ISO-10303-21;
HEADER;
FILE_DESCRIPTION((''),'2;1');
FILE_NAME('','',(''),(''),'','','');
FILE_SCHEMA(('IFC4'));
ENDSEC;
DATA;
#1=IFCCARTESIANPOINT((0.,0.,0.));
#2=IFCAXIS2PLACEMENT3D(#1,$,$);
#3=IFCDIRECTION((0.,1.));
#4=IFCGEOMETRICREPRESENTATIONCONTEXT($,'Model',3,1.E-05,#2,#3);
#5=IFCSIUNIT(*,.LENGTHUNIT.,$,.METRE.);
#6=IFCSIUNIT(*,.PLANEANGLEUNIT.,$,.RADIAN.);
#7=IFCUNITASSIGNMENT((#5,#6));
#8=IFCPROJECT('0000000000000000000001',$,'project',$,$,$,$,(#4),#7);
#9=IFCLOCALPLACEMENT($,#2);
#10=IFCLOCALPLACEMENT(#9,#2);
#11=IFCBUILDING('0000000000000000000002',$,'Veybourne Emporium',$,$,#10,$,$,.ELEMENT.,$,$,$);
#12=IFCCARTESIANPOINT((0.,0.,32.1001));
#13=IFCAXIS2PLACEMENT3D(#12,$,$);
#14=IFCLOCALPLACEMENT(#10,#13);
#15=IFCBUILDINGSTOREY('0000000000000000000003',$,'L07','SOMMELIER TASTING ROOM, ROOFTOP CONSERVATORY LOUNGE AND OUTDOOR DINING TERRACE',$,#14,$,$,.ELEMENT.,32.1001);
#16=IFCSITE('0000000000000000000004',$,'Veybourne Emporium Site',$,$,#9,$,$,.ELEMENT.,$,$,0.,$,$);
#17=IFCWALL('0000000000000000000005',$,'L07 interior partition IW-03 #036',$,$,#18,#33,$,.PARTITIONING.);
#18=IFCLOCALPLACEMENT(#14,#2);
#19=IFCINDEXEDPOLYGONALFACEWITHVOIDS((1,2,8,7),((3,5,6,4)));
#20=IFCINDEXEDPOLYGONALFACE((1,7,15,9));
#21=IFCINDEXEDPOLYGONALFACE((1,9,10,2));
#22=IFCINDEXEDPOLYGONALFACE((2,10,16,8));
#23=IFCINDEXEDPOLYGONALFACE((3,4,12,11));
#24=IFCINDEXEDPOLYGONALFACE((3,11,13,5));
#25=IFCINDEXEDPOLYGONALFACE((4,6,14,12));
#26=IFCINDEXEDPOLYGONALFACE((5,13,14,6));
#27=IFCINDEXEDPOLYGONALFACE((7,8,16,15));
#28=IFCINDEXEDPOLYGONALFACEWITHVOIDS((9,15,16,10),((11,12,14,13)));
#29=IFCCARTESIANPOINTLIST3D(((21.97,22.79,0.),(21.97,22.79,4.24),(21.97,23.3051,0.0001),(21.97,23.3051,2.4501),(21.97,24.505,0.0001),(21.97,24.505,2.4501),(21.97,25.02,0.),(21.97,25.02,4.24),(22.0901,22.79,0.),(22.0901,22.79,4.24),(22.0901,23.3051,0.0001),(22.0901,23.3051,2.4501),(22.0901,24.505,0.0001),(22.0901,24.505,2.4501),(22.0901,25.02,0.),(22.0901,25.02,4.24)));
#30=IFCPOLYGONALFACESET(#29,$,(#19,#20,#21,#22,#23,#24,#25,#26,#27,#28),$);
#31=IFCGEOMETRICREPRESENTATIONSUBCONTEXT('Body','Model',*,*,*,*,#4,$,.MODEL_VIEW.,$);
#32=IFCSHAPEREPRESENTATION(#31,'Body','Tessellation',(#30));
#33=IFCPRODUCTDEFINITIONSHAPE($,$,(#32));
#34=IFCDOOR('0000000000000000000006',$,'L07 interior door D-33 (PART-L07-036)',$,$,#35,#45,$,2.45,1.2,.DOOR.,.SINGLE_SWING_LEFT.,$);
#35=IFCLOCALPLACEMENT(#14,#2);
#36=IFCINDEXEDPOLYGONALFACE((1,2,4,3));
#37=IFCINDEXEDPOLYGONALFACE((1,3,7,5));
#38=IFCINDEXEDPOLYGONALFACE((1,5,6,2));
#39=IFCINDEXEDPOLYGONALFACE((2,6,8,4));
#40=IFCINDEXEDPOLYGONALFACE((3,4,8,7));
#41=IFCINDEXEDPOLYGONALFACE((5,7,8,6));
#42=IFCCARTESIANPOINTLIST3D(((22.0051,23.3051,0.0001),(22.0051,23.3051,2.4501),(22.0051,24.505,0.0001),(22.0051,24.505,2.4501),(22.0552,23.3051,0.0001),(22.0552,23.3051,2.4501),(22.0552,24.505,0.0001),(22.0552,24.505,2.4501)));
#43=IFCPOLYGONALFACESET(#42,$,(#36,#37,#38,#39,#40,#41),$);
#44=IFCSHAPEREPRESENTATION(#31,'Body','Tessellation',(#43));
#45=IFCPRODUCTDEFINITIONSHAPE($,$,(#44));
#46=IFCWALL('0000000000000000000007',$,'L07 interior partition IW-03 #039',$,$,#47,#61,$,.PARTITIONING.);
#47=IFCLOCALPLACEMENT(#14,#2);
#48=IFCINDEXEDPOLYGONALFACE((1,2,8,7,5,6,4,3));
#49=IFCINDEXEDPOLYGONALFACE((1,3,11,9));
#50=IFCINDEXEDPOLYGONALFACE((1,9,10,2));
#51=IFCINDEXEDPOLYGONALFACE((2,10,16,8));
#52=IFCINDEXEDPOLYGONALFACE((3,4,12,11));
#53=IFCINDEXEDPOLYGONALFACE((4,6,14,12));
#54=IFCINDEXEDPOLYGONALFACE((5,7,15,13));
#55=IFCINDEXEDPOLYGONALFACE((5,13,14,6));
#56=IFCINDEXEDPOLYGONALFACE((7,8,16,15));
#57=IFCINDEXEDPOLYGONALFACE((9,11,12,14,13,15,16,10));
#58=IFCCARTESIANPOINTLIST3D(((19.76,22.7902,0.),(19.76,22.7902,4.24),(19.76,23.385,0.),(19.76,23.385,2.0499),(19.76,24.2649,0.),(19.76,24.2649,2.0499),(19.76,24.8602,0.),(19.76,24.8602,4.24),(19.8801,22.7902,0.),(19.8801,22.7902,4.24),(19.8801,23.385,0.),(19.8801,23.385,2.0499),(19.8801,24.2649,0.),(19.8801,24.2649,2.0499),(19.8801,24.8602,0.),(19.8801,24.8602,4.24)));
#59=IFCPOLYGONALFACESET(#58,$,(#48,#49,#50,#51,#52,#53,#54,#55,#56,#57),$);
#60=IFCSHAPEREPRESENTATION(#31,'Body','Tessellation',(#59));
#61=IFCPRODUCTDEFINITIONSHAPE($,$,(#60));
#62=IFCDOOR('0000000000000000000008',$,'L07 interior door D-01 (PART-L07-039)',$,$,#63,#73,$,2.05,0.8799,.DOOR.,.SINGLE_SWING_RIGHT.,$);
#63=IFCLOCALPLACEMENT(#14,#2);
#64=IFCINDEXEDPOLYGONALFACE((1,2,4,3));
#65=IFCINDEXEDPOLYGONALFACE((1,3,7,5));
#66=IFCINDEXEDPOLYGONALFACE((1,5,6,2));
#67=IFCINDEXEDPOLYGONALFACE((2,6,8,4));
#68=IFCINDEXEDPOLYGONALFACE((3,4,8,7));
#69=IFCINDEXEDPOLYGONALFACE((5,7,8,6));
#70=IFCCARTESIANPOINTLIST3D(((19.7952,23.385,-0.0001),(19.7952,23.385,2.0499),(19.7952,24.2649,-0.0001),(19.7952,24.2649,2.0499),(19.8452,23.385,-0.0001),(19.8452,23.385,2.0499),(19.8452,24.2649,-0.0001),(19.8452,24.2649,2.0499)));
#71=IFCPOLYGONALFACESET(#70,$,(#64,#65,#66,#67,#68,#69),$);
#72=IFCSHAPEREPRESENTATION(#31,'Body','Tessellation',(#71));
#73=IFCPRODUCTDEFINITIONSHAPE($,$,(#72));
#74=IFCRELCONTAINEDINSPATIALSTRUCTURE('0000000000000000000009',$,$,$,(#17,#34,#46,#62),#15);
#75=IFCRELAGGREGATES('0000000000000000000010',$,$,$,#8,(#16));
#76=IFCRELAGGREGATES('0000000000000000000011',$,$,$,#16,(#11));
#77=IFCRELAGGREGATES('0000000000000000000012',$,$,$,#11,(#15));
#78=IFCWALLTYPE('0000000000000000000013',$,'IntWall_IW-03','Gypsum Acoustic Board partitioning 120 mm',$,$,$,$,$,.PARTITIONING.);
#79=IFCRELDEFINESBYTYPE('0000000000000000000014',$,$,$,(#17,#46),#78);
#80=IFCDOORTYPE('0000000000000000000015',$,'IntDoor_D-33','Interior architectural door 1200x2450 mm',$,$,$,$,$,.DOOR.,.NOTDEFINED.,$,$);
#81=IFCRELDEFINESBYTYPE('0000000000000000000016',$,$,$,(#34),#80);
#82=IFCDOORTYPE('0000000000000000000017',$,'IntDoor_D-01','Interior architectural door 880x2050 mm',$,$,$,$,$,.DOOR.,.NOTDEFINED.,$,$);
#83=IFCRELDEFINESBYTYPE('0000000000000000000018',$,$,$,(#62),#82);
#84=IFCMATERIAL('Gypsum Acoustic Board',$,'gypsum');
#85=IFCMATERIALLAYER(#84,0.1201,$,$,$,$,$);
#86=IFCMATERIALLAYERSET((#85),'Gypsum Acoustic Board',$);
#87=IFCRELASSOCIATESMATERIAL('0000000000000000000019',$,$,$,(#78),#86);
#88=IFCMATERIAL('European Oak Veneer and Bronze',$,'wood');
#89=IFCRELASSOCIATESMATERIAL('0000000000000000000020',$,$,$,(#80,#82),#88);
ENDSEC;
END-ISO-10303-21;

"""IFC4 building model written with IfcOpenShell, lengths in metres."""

from ifc_helpers import new_model, si_unit, direction, frame, frame_2d, origin, place, context, subcontext, project, spatial, rectangle, extrude, material, layer, layer_set, type_object, element, fill, save


model = new_model("IFC4")

# Units and contexts
model_context = context("Model", 3, precision=1e-05, world=origin(), true_north=direction((0.0, 1.0)))
body_context = subcontext(model_context, "Body", "Model", "MODEL_VIEW")
ifc_project = project(units=[si_unit("LENGTHUNIT", "METRE"), si_unit("PLANEANGLEUNIT", "RADIAN")], contexts=[model_context])

# Site, building, storey
site_placement = place(None, origin())
site = spatial("IfcSite", under=ifc_project, at=site_placement, Name="Veybourne Emporium Site", CompositionType="ELEMENT", RefElevation=0.0)
building_placement = place(site_placement, origin())
building = spatial("IfcBuilding", under=site, at=building_placement, Name="Veybourne Emporium", CompositionType="ELEMENT")
storey_placement = place(building_placement, frame((0.0, 0.0, 32.1001)))
storey = spatial("IfcBuildingStorey", under=building, at=storey_placement, Name="L07", Description="SOMMELIER TASTING ROOM, ROOFTOP CONSERVATORY LOUNGE AND OUTDOOR DINING TERRACE", CompositionType="ELEMENT", Elevation=32.1001)

# Walls, openings, doors
ifc_material_1 = material(Name="Gypsum Acoustic Board", Category="gypsum")
ifc_layer_1 = layer(ifc_material_1, 0.1201)
ifc_layer_set_1 = layer_set([ifc_layer_1], Name="Gypsum Acoustic Board")
wall_type_1 = type_object("IfcWallType", Name="IntWall_IW-03", Description="Gypsum Acoustic Board partitioning 120 mm", PredefinedType="PARTITIONING", material=ifc_layer_set_1)
ifc_material_2 = material(Name="European Oak Veneer and Bronze", Category="wood")
wall_1_placement = place(storey_placement, frame((22.03, 22.79, 0.0), z_axis=(0.0, 0.0, 1.0), x_axis=(0.0, 1.0, 0.0)))
wall_1 = element("IfcWall", 1, at=wall_1_placement, inside=storey, type_object=wall_type_1, Name="L07 interior partition IW-03 #036", PredefinedType="PARTITIONING", context=body_context, shape_type="SweptSolid", body=[
    extrude(rectangle(XDim=2.23, YDim=0.1201, at=frame_2d((1.115, 0.0))), origin(), (0.0, 0.0, 1.0), 4.24),
])
opening_1_placement = place(wall_1_placement, frame((0.5149, 0.0, 0.0)))
opening_1 = element("IfcOpeningElement", 2, at=opening_1_placement, cuts=wall_1, PredefinedType="OPENING", context=body_context, shape_type="SweptSolid", body=[
    extrude(rectangle(XDim=1.2, YDim=2.45, at=frame_2d((0.6001, 1.2251))), frame((0.0, 0.0801, 0.0), z_axis=(0.0, -1.0, 0.0), x_axis=(1.0, 0.0, 0.0)), (0.0, 0.0, 1.0), 0.1602),
])
door_type_1 = type_object("IfcDoorType", Name="IntDoor_D-33", Description="Interior architectural door 1200x2450 mm", OperationType="NOTDEFINED", PredefinedType="DOOR", material=ifc_material_2)
door_1_placement = place(opening_1_placement, origin())
door_1 = element("IfcDoor", 3, at=door_1_placement, inside=storey, type_object=door_type_1, Name="L07 interior door D-33 (PART-L07-036)", OperationType="SINGLE_SWING_LEFT", OverallHeight=2.45, OverallWidth=1.2, PredefinedType="DOOR", context=body_context, shape_type="SweptSolid", body=[
    extrude(rectangle(XDim=1.2, YDim=2.45, at=frame_2d((0.6001, 1.2251))), frame((0.0, 0.0249, 0.0), z_axis=(0.0, -1.0, 0.0), x_axis=(1.0, 0.0, 0.0)), (0.0, 0.0, 1.0), 0.05),
])
fill(opening_1, door_1)
wall_2_placement = place(storey_placement, frame((19.8201, 22.79, 0.0), z_axis=(0.0, 0.0, 1.0), x_axis=(0.0, 1.0, 0.0)))
wall_2 = element("IfcWall", 4, at=wall_2_placement, inside=storey, type_object=wall_type_1, Name="L07 interior partition IW-03 #039", PredefinedType="PARTITIONING", context=body_context, shape_type="SweptSolid", body=[
    extrude(rectangle(XDim=2.0701, YDim=0.1201, at=frame_2d((1.0352, 0.0))), origin(), (0.0, 0.0, 1.0), 4.24),
])
opening_2_placement = place(wall_2_placement, frame((0.595, 0.0, 0.0)))
opening_2 = element("IfcOpeningElement", 5, at=opening_2_placement, cuts=wall_2, PredefinedType="OPENING", context=body_context, shape_type="SweptSolid", body=[
    extrude(rectangle(XDim=0.8799, YDim=2.05, at=frame_2d((0.4399, 1.0249))), frame((0.0, 0.0801, 0.0), z_axis=(0.0, -1.0, 0.0), x_axis=(1.0, 0.0, 0.0)), (0.0, 0.0, 1.0), 0.1602),
])
door_type_2 = type_object("IfcDoorType", Name="IntDoor_D-01", Description="Interior architectural door 880x2050 mm", OperationType="NOTDEFINED", PredefinedType="DOOR", material=ifc_material_2)
door_2_placement = place(opening_2_placement, origin())
door_2 = element("IfcDoor", 6, at=door_2_placement, inside=storey, type_object=door_type_2, Name="L07 interior door D-01 (PART-L07-039)", OperationType="SINGLE_SWING_RIGHT", OverallHeight=2.05, OverallWidth=0.8799, PredefinedType="DOOR", context=body_context, shape_type="SweptSolid", body=[
    extrude(rectangle(XDim=0.8799, YDim=2.05, at=frame_2d((0.4399, 1.0249))), frame((0.0, 0.0249, 0.0), z_axis=(0.0, -1.0, 0.0), x_axis=(1.0, 0.0, 0.0)), (0.0, 0.0, 1.0), 0.05),
])
fill(opening_2, door_2)

save(model, "model.ifc")
